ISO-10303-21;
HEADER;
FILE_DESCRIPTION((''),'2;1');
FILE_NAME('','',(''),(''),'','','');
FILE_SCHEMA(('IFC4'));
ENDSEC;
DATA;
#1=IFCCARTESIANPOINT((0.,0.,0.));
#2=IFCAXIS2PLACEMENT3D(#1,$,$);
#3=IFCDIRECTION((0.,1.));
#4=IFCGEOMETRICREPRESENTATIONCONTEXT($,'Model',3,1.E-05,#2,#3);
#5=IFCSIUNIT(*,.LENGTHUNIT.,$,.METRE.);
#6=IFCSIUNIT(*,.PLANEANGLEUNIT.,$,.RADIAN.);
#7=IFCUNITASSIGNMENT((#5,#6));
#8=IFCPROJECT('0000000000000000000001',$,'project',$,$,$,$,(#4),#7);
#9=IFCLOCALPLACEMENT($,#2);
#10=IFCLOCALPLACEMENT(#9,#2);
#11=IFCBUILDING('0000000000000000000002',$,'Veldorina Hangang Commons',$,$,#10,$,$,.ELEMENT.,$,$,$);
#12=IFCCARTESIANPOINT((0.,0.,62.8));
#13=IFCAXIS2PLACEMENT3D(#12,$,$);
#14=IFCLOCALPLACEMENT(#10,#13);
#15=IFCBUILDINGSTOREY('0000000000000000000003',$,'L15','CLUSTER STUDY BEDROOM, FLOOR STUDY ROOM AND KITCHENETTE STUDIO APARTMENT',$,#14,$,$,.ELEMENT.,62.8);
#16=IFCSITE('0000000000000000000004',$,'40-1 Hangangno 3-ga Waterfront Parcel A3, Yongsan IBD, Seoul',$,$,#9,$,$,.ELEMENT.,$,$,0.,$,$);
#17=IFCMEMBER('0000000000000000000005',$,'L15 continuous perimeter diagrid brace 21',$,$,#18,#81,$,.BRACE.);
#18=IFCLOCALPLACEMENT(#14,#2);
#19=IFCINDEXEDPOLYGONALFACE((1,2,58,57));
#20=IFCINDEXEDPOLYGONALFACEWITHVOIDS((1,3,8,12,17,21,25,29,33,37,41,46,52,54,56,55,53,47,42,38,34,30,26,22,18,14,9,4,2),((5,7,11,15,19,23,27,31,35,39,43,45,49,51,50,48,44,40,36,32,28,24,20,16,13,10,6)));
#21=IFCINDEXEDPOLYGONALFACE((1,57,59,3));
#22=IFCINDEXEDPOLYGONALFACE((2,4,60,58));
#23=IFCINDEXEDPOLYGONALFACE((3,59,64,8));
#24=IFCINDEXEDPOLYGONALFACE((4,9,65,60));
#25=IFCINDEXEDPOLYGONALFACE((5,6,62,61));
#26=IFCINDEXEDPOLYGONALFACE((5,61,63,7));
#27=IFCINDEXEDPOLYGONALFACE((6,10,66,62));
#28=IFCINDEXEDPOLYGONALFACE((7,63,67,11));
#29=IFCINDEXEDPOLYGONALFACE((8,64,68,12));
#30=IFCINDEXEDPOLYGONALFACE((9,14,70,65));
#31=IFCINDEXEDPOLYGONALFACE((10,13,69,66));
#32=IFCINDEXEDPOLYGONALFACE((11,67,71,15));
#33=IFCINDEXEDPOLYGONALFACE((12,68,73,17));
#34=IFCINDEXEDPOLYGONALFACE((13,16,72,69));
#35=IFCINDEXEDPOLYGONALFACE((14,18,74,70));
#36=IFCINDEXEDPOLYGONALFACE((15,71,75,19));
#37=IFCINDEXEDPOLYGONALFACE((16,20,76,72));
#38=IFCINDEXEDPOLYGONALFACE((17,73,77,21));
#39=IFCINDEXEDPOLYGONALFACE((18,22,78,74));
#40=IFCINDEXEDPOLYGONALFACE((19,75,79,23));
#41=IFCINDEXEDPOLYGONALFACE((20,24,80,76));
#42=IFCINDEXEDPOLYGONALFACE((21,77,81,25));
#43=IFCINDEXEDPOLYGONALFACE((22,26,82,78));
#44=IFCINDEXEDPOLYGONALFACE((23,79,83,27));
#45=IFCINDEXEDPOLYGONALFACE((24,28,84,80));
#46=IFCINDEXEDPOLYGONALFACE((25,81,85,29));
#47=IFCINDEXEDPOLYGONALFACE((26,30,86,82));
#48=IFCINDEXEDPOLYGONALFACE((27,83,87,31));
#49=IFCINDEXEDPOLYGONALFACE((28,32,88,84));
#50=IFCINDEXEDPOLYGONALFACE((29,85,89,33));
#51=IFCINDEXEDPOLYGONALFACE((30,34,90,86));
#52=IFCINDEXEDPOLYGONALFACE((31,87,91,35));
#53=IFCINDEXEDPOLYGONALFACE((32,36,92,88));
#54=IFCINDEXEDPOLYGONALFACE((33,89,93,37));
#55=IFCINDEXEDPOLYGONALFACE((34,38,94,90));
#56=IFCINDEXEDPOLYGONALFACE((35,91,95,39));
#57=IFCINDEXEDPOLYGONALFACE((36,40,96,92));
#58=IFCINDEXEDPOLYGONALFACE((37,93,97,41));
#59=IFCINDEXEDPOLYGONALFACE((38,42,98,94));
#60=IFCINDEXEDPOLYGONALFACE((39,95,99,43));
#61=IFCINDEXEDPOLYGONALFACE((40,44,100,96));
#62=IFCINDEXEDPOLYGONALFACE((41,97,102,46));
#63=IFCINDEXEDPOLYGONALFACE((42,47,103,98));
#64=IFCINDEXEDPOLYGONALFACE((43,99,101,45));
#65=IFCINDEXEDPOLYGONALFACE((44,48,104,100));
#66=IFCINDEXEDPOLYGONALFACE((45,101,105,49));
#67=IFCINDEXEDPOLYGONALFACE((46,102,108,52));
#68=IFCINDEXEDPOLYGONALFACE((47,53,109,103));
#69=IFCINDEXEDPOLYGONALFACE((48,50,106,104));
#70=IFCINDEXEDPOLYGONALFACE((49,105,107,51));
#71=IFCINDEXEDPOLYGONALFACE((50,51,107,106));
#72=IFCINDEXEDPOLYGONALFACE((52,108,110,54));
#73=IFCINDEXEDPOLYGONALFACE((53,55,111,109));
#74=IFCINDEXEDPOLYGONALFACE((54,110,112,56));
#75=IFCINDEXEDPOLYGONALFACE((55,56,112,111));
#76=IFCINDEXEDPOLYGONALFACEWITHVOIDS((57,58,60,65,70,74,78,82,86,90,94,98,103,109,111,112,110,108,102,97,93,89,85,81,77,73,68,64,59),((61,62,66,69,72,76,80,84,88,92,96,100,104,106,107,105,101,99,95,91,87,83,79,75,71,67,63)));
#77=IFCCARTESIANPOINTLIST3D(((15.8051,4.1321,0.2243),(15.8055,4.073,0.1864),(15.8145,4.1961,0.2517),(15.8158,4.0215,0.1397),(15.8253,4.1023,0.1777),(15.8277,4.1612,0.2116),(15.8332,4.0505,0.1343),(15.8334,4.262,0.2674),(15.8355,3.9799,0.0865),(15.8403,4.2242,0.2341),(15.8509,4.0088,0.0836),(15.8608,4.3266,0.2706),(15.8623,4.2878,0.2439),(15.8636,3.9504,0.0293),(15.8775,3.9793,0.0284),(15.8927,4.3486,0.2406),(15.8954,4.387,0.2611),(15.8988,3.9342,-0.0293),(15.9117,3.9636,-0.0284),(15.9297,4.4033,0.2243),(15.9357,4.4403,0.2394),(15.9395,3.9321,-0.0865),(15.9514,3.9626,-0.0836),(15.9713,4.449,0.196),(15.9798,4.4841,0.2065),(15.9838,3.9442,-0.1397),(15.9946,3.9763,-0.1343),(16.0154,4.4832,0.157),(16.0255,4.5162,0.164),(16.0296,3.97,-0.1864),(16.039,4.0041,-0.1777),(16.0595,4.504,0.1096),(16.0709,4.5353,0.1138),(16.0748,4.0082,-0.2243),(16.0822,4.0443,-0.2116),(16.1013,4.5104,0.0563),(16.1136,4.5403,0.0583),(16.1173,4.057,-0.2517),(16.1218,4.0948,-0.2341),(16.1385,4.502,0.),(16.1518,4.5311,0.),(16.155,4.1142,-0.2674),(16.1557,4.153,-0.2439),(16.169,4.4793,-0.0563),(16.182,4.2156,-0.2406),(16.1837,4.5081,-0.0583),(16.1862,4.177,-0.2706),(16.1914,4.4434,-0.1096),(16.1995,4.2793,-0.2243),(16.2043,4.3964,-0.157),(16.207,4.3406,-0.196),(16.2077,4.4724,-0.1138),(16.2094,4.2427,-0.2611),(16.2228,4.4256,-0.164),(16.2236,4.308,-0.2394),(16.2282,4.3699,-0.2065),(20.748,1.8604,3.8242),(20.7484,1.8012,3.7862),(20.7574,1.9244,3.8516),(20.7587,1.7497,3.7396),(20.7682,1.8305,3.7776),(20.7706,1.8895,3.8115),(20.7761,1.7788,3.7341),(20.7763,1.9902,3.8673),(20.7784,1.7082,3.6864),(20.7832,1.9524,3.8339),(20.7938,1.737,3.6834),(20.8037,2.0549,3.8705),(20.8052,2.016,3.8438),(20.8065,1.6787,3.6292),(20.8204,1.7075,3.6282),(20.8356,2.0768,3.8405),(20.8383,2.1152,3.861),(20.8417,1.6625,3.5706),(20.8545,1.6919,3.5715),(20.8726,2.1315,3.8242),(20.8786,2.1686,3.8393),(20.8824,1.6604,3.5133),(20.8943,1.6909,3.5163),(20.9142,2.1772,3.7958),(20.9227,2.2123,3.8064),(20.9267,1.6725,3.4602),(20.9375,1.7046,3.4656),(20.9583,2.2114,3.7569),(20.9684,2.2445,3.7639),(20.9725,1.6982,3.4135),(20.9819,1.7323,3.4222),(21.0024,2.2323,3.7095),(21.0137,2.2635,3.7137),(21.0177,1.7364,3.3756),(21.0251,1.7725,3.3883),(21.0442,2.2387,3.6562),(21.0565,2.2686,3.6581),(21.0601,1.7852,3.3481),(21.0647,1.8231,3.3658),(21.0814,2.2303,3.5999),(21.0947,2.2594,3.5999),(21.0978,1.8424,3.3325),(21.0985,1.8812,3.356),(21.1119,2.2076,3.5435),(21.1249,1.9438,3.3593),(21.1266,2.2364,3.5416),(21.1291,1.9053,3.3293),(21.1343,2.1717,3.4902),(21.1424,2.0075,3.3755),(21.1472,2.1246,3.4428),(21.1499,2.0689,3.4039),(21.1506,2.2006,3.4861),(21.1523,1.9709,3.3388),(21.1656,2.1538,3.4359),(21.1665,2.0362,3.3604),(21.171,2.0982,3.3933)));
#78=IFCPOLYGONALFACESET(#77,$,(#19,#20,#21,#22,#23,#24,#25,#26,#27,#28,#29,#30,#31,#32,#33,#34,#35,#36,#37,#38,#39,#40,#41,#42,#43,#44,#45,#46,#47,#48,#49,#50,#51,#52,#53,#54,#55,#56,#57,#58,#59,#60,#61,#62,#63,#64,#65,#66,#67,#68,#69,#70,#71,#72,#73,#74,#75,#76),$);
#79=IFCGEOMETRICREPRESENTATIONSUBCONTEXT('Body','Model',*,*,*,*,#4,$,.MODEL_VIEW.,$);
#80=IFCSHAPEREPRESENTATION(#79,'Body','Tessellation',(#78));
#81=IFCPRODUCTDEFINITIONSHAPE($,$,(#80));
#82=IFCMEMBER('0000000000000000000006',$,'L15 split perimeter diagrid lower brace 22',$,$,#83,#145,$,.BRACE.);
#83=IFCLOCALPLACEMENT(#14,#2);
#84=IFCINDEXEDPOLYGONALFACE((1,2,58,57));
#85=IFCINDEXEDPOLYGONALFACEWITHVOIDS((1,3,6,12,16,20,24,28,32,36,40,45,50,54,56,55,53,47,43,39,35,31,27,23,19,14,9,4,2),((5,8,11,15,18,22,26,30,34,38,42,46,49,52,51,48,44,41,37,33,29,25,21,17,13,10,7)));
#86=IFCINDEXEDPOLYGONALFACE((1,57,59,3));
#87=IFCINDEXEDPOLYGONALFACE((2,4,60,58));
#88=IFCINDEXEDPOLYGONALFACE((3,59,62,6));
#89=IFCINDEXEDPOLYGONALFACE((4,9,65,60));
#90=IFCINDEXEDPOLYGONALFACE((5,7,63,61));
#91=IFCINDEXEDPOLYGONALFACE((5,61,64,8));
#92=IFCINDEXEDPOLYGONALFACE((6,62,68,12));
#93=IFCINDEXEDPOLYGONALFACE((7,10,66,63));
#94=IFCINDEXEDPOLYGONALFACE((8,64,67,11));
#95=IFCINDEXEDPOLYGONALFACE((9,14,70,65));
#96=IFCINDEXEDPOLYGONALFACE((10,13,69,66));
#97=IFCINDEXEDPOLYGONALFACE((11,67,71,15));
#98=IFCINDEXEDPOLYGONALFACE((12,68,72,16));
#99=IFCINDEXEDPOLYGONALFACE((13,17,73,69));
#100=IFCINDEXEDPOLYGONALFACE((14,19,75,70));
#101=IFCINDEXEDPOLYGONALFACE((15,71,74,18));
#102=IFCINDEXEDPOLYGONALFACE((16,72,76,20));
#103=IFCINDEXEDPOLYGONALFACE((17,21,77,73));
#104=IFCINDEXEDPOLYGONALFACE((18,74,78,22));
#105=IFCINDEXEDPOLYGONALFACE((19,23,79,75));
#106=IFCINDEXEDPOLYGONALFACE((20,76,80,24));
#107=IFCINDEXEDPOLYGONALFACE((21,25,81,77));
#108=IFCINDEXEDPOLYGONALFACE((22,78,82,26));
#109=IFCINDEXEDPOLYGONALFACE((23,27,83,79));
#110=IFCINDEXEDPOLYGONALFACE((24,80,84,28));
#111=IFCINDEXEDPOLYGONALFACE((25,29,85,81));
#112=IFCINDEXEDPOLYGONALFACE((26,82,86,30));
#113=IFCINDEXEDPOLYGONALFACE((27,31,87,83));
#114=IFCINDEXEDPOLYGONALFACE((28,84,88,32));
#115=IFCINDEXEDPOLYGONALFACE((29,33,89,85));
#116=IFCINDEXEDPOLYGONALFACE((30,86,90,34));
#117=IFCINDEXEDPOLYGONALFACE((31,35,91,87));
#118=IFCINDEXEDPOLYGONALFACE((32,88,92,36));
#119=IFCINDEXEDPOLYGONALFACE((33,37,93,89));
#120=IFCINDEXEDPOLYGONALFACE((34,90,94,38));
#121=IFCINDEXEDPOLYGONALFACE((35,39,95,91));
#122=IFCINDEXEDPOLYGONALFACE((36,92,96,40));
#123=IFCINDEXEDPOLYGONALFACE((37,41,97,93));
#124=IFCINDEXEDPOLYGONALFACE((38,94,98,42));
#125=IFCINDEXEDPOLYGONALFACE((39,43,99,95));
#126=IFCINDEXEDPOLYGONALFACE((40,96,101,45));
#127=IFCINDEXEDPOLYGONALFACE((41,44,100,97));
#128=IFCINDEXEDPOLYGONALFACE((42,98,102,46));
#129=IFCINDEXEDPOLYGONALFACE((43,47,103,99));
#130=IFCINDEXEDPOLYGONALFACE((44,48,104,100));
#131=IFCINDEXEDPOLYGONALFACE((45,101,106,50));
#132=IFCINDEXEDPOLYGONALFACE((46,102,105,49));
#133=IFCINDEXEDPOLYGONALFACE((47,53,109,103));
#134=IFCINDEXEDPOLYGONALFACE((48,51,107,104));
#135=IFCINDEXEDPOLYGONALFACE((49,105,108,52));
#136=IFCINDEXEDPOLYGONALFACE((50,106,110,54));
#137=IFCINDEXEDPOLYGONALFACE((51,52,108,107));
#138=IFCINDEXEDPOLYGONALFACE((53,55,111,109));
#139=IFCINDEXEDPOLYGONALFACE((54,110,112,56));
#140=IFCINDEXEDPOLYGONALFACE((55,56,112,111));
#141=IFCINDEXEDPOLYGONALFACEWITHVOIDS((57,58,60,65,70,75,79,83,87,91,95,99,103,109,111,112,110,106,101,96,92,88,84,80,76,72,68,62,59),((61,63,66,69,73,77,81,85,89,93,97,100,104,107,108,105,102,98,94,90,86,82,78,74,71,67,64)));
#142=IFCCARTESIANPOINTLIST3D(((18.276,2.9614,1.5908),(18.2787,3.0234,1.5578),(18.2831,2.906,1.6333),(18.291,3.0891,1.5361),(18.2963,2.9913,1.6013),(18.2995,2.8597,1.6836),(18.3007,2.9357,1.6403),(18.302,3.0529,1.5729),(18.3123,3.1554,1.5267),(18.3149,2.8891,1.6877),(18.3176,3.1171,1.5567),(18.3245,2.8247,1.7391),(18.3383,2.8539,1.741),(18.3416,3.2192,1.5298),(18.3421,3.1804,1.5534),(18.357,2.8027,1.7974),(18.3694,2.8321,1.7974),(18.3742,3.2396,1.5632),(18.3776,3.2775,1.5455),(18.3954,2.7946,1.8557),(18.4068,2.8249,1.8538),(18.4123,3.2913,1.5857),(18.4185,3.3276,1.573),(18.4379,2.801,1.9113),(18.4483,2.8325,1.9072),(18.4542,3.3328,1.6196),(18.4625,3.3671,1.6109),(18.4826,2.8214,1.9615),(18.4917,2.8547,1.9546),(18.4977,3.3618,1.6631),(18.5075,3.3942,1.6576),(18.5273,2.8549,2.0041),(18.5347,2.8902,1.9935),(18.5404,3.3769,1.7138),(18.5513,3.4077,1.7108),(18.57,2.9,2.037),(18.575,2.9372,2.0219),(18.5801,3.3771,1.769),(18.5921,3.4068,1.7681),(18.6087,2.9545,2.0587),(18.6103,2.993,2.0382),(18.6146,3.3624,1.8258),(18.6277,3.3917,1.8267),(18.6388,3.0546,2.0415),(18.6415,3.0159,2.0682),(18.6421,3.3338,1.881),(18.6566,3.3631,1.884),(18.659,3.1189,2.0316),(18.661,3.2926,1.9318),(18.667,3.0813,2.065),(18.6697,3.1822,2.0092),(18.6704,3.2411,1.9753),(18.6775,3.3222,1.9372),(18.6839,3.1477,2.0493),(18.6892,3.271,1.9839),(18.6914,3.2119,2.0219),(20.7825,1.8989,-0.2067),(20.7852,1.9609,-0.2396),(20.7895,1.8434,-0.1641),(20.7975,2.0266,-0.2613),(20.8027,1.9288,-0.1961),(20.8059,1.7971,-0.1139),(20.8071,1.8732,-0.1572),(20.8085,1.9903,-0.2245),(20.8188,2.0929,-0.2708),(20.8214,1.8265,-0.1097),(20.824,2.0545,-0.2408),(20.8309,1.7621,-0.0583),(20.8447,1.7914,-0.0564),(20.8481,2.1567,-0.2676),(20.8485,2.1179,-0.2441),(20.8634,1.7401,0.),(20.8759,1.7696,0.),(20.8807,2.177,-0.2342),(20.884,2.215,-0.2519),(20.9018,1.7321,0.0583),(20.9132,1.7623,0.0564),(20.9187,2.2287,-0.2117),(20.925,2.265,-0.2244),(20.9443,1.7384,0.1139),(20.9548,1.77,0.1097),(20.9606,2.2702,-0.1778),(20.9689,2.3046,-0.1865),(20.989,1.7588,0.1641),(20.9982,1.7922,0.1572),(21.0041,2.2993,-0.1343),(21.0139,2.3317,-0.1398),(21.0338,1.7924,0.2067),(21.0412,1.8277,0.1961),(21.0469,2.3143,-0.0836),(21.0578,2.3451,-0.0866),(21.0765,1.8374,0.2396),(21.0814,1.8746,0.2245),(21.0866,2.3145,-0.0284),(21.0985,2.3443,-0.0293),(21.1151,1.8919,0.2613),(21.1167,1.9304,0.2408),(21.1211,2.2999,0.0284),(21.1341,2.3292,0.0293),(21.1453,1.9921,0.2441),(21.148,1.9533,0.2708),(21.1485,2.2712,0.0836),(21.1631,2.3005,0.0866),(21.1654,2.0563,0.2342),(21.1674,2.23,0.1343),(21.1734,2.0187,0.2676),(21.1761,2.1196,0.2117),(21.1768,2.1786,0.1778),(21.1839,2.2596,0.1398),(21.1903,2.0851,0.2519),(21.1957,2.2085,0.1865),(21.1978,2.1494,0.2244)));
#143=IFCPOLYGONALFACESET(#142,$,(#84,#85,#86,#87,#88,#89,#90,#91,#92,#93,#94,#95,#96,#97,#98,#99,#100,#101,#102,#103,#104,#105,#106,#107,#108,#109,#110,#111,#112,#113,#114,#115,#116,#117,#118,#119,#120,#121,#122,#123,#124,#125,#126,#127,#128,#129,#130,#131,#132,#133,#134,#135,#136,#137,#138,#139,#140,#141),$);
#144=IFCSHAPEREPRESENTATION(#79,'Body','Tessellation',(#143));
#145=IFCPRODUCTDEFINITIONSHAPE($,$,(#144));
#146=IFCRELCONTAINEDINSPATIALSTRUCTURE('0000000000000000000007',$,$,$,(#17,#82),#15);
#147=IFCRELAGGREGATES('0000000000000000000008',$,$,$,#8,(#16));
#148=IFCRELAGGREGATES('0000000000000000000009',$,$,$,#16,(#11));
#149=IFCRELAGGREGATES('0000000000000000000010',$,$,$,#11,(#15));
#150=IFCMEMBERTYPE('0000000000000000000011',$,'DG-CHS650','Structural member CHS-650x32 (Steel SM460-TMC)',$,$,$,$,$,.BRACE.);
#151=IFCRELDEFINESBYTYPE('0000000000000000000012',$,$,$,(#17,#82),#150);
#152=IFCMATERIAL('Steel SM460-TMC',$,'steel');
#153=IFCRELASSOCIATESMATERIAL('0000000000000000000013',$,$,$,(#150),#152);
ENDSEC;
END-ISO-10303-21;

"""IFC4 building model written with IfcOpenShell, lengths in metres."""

from ifc_helpers import new_model, si_unit, direction, frame, origin, origin_2d, place, context, subcontext, project, spatial, hollow_circle, extrude, material, material_profile, profile_set, type_object, element, save


model = new_model("IFC4")

# Units and contexts
model_context = context("Model", 3, precision=1e-05, world=origin(), true_north=direction((0.0, 1.0)))
body_context = subcontext(model_context, "Body", "Model", "MODEL_VIEW")
ifc_project = project(units=[si_unit("LENGTHUNIT", "METRE"), si_unit("PLANEANGLEUNIT", "RADIAN")], contexts=[model_context])

# Site, building, storey
site_placement = place(None, origin())
site = spatial("IfcSite", under=ifc_project, at=site_placement, Name="40-1 Hangangno 3-ga Waterfront Parcel A3, Yongsan IBD, Seoul", CompositionType="ELEMENT", RefElevation=0.0)
building_placement = place(site_placement, origin())
building = spatial("IfcBuilding", under=site, at=building_placement, Name="Veldorina Hangang Commons", CompositionType="ELEMENT")
storey_placement = place(building_placement, frame((0.0, 0.0, 62.8)))
storey = spatial("IfcBuildingStorey", under=building, at=storey_placement, Name="L15", Description="CLUSTER STUDY BEDROOM, FLOOR STUDY ROOM AND KITCHENETTE STUDIO APARTMENT", CompositionType="ELEMENT", Elevation=62.8)

# Members
ifc_material_1 = material(Name="Steel SM460-TMC", Category="steel")
ifc_material_profile_1 = material_profile(ifc_material_1, hollow_circle(Radius=0.325, WallThickness=0.032, at=origin_2d()), Name="CHS-650x32")
ifc_profile_set_1 = profile_set([ifc_material_profile_1], Name="Steel SM460-TMC")
member_type = type_object("IfcMemberType", Name="DG-CHS650", Description="Structural member CHS-650x32 (Steel SM460-TMC)", PredefinedType="BRACE", material=ifc_profile_set_1)
member_1_placement = place(storey_placement, frame((16.0161, 4.2358, 0.0), z_axis=(0.757741, -0.348256, 0.551857), x_axis=(0.417603, 0.908629, 0.0)))
element("IfcMember", 1, at=member_1_placement, inside=storey, type_object=member_type, Name="L15 continuous perimeter diagrid brace 21", PredefinedType="BRACE", context=body_context, shape_type="SweptSolid", body=[
    extrude(hollow_circle(Radius=0.325, WallThickness=0.032, at=origin_2d()), origin(), (0.0, 0.0, 1.0), 6.5232),
])
member_2_placement = place(storey_placement, frame((20.9902, 2.0393, 0.0), z_axis=(-0.768327, 0.325712, 0.550986), x_axis=(-0.390301, -0.920687, 0.0)))
element("IfcMember", 2, at=member_2_placement, inside=storey, type_object=member_type, Name="L15 split perimeter diagrid lower brace 22", PredefinedType="BRACE", context=body_context, shape_type="SweptSolid", body=[
    extrude(hollow_circle(Radius=0.325, WallThickness=0.032, at=origin_2d()), origin(), (0.0, 0.0, 1.0), 3.2622),
])

save(model, "model.ifc")
